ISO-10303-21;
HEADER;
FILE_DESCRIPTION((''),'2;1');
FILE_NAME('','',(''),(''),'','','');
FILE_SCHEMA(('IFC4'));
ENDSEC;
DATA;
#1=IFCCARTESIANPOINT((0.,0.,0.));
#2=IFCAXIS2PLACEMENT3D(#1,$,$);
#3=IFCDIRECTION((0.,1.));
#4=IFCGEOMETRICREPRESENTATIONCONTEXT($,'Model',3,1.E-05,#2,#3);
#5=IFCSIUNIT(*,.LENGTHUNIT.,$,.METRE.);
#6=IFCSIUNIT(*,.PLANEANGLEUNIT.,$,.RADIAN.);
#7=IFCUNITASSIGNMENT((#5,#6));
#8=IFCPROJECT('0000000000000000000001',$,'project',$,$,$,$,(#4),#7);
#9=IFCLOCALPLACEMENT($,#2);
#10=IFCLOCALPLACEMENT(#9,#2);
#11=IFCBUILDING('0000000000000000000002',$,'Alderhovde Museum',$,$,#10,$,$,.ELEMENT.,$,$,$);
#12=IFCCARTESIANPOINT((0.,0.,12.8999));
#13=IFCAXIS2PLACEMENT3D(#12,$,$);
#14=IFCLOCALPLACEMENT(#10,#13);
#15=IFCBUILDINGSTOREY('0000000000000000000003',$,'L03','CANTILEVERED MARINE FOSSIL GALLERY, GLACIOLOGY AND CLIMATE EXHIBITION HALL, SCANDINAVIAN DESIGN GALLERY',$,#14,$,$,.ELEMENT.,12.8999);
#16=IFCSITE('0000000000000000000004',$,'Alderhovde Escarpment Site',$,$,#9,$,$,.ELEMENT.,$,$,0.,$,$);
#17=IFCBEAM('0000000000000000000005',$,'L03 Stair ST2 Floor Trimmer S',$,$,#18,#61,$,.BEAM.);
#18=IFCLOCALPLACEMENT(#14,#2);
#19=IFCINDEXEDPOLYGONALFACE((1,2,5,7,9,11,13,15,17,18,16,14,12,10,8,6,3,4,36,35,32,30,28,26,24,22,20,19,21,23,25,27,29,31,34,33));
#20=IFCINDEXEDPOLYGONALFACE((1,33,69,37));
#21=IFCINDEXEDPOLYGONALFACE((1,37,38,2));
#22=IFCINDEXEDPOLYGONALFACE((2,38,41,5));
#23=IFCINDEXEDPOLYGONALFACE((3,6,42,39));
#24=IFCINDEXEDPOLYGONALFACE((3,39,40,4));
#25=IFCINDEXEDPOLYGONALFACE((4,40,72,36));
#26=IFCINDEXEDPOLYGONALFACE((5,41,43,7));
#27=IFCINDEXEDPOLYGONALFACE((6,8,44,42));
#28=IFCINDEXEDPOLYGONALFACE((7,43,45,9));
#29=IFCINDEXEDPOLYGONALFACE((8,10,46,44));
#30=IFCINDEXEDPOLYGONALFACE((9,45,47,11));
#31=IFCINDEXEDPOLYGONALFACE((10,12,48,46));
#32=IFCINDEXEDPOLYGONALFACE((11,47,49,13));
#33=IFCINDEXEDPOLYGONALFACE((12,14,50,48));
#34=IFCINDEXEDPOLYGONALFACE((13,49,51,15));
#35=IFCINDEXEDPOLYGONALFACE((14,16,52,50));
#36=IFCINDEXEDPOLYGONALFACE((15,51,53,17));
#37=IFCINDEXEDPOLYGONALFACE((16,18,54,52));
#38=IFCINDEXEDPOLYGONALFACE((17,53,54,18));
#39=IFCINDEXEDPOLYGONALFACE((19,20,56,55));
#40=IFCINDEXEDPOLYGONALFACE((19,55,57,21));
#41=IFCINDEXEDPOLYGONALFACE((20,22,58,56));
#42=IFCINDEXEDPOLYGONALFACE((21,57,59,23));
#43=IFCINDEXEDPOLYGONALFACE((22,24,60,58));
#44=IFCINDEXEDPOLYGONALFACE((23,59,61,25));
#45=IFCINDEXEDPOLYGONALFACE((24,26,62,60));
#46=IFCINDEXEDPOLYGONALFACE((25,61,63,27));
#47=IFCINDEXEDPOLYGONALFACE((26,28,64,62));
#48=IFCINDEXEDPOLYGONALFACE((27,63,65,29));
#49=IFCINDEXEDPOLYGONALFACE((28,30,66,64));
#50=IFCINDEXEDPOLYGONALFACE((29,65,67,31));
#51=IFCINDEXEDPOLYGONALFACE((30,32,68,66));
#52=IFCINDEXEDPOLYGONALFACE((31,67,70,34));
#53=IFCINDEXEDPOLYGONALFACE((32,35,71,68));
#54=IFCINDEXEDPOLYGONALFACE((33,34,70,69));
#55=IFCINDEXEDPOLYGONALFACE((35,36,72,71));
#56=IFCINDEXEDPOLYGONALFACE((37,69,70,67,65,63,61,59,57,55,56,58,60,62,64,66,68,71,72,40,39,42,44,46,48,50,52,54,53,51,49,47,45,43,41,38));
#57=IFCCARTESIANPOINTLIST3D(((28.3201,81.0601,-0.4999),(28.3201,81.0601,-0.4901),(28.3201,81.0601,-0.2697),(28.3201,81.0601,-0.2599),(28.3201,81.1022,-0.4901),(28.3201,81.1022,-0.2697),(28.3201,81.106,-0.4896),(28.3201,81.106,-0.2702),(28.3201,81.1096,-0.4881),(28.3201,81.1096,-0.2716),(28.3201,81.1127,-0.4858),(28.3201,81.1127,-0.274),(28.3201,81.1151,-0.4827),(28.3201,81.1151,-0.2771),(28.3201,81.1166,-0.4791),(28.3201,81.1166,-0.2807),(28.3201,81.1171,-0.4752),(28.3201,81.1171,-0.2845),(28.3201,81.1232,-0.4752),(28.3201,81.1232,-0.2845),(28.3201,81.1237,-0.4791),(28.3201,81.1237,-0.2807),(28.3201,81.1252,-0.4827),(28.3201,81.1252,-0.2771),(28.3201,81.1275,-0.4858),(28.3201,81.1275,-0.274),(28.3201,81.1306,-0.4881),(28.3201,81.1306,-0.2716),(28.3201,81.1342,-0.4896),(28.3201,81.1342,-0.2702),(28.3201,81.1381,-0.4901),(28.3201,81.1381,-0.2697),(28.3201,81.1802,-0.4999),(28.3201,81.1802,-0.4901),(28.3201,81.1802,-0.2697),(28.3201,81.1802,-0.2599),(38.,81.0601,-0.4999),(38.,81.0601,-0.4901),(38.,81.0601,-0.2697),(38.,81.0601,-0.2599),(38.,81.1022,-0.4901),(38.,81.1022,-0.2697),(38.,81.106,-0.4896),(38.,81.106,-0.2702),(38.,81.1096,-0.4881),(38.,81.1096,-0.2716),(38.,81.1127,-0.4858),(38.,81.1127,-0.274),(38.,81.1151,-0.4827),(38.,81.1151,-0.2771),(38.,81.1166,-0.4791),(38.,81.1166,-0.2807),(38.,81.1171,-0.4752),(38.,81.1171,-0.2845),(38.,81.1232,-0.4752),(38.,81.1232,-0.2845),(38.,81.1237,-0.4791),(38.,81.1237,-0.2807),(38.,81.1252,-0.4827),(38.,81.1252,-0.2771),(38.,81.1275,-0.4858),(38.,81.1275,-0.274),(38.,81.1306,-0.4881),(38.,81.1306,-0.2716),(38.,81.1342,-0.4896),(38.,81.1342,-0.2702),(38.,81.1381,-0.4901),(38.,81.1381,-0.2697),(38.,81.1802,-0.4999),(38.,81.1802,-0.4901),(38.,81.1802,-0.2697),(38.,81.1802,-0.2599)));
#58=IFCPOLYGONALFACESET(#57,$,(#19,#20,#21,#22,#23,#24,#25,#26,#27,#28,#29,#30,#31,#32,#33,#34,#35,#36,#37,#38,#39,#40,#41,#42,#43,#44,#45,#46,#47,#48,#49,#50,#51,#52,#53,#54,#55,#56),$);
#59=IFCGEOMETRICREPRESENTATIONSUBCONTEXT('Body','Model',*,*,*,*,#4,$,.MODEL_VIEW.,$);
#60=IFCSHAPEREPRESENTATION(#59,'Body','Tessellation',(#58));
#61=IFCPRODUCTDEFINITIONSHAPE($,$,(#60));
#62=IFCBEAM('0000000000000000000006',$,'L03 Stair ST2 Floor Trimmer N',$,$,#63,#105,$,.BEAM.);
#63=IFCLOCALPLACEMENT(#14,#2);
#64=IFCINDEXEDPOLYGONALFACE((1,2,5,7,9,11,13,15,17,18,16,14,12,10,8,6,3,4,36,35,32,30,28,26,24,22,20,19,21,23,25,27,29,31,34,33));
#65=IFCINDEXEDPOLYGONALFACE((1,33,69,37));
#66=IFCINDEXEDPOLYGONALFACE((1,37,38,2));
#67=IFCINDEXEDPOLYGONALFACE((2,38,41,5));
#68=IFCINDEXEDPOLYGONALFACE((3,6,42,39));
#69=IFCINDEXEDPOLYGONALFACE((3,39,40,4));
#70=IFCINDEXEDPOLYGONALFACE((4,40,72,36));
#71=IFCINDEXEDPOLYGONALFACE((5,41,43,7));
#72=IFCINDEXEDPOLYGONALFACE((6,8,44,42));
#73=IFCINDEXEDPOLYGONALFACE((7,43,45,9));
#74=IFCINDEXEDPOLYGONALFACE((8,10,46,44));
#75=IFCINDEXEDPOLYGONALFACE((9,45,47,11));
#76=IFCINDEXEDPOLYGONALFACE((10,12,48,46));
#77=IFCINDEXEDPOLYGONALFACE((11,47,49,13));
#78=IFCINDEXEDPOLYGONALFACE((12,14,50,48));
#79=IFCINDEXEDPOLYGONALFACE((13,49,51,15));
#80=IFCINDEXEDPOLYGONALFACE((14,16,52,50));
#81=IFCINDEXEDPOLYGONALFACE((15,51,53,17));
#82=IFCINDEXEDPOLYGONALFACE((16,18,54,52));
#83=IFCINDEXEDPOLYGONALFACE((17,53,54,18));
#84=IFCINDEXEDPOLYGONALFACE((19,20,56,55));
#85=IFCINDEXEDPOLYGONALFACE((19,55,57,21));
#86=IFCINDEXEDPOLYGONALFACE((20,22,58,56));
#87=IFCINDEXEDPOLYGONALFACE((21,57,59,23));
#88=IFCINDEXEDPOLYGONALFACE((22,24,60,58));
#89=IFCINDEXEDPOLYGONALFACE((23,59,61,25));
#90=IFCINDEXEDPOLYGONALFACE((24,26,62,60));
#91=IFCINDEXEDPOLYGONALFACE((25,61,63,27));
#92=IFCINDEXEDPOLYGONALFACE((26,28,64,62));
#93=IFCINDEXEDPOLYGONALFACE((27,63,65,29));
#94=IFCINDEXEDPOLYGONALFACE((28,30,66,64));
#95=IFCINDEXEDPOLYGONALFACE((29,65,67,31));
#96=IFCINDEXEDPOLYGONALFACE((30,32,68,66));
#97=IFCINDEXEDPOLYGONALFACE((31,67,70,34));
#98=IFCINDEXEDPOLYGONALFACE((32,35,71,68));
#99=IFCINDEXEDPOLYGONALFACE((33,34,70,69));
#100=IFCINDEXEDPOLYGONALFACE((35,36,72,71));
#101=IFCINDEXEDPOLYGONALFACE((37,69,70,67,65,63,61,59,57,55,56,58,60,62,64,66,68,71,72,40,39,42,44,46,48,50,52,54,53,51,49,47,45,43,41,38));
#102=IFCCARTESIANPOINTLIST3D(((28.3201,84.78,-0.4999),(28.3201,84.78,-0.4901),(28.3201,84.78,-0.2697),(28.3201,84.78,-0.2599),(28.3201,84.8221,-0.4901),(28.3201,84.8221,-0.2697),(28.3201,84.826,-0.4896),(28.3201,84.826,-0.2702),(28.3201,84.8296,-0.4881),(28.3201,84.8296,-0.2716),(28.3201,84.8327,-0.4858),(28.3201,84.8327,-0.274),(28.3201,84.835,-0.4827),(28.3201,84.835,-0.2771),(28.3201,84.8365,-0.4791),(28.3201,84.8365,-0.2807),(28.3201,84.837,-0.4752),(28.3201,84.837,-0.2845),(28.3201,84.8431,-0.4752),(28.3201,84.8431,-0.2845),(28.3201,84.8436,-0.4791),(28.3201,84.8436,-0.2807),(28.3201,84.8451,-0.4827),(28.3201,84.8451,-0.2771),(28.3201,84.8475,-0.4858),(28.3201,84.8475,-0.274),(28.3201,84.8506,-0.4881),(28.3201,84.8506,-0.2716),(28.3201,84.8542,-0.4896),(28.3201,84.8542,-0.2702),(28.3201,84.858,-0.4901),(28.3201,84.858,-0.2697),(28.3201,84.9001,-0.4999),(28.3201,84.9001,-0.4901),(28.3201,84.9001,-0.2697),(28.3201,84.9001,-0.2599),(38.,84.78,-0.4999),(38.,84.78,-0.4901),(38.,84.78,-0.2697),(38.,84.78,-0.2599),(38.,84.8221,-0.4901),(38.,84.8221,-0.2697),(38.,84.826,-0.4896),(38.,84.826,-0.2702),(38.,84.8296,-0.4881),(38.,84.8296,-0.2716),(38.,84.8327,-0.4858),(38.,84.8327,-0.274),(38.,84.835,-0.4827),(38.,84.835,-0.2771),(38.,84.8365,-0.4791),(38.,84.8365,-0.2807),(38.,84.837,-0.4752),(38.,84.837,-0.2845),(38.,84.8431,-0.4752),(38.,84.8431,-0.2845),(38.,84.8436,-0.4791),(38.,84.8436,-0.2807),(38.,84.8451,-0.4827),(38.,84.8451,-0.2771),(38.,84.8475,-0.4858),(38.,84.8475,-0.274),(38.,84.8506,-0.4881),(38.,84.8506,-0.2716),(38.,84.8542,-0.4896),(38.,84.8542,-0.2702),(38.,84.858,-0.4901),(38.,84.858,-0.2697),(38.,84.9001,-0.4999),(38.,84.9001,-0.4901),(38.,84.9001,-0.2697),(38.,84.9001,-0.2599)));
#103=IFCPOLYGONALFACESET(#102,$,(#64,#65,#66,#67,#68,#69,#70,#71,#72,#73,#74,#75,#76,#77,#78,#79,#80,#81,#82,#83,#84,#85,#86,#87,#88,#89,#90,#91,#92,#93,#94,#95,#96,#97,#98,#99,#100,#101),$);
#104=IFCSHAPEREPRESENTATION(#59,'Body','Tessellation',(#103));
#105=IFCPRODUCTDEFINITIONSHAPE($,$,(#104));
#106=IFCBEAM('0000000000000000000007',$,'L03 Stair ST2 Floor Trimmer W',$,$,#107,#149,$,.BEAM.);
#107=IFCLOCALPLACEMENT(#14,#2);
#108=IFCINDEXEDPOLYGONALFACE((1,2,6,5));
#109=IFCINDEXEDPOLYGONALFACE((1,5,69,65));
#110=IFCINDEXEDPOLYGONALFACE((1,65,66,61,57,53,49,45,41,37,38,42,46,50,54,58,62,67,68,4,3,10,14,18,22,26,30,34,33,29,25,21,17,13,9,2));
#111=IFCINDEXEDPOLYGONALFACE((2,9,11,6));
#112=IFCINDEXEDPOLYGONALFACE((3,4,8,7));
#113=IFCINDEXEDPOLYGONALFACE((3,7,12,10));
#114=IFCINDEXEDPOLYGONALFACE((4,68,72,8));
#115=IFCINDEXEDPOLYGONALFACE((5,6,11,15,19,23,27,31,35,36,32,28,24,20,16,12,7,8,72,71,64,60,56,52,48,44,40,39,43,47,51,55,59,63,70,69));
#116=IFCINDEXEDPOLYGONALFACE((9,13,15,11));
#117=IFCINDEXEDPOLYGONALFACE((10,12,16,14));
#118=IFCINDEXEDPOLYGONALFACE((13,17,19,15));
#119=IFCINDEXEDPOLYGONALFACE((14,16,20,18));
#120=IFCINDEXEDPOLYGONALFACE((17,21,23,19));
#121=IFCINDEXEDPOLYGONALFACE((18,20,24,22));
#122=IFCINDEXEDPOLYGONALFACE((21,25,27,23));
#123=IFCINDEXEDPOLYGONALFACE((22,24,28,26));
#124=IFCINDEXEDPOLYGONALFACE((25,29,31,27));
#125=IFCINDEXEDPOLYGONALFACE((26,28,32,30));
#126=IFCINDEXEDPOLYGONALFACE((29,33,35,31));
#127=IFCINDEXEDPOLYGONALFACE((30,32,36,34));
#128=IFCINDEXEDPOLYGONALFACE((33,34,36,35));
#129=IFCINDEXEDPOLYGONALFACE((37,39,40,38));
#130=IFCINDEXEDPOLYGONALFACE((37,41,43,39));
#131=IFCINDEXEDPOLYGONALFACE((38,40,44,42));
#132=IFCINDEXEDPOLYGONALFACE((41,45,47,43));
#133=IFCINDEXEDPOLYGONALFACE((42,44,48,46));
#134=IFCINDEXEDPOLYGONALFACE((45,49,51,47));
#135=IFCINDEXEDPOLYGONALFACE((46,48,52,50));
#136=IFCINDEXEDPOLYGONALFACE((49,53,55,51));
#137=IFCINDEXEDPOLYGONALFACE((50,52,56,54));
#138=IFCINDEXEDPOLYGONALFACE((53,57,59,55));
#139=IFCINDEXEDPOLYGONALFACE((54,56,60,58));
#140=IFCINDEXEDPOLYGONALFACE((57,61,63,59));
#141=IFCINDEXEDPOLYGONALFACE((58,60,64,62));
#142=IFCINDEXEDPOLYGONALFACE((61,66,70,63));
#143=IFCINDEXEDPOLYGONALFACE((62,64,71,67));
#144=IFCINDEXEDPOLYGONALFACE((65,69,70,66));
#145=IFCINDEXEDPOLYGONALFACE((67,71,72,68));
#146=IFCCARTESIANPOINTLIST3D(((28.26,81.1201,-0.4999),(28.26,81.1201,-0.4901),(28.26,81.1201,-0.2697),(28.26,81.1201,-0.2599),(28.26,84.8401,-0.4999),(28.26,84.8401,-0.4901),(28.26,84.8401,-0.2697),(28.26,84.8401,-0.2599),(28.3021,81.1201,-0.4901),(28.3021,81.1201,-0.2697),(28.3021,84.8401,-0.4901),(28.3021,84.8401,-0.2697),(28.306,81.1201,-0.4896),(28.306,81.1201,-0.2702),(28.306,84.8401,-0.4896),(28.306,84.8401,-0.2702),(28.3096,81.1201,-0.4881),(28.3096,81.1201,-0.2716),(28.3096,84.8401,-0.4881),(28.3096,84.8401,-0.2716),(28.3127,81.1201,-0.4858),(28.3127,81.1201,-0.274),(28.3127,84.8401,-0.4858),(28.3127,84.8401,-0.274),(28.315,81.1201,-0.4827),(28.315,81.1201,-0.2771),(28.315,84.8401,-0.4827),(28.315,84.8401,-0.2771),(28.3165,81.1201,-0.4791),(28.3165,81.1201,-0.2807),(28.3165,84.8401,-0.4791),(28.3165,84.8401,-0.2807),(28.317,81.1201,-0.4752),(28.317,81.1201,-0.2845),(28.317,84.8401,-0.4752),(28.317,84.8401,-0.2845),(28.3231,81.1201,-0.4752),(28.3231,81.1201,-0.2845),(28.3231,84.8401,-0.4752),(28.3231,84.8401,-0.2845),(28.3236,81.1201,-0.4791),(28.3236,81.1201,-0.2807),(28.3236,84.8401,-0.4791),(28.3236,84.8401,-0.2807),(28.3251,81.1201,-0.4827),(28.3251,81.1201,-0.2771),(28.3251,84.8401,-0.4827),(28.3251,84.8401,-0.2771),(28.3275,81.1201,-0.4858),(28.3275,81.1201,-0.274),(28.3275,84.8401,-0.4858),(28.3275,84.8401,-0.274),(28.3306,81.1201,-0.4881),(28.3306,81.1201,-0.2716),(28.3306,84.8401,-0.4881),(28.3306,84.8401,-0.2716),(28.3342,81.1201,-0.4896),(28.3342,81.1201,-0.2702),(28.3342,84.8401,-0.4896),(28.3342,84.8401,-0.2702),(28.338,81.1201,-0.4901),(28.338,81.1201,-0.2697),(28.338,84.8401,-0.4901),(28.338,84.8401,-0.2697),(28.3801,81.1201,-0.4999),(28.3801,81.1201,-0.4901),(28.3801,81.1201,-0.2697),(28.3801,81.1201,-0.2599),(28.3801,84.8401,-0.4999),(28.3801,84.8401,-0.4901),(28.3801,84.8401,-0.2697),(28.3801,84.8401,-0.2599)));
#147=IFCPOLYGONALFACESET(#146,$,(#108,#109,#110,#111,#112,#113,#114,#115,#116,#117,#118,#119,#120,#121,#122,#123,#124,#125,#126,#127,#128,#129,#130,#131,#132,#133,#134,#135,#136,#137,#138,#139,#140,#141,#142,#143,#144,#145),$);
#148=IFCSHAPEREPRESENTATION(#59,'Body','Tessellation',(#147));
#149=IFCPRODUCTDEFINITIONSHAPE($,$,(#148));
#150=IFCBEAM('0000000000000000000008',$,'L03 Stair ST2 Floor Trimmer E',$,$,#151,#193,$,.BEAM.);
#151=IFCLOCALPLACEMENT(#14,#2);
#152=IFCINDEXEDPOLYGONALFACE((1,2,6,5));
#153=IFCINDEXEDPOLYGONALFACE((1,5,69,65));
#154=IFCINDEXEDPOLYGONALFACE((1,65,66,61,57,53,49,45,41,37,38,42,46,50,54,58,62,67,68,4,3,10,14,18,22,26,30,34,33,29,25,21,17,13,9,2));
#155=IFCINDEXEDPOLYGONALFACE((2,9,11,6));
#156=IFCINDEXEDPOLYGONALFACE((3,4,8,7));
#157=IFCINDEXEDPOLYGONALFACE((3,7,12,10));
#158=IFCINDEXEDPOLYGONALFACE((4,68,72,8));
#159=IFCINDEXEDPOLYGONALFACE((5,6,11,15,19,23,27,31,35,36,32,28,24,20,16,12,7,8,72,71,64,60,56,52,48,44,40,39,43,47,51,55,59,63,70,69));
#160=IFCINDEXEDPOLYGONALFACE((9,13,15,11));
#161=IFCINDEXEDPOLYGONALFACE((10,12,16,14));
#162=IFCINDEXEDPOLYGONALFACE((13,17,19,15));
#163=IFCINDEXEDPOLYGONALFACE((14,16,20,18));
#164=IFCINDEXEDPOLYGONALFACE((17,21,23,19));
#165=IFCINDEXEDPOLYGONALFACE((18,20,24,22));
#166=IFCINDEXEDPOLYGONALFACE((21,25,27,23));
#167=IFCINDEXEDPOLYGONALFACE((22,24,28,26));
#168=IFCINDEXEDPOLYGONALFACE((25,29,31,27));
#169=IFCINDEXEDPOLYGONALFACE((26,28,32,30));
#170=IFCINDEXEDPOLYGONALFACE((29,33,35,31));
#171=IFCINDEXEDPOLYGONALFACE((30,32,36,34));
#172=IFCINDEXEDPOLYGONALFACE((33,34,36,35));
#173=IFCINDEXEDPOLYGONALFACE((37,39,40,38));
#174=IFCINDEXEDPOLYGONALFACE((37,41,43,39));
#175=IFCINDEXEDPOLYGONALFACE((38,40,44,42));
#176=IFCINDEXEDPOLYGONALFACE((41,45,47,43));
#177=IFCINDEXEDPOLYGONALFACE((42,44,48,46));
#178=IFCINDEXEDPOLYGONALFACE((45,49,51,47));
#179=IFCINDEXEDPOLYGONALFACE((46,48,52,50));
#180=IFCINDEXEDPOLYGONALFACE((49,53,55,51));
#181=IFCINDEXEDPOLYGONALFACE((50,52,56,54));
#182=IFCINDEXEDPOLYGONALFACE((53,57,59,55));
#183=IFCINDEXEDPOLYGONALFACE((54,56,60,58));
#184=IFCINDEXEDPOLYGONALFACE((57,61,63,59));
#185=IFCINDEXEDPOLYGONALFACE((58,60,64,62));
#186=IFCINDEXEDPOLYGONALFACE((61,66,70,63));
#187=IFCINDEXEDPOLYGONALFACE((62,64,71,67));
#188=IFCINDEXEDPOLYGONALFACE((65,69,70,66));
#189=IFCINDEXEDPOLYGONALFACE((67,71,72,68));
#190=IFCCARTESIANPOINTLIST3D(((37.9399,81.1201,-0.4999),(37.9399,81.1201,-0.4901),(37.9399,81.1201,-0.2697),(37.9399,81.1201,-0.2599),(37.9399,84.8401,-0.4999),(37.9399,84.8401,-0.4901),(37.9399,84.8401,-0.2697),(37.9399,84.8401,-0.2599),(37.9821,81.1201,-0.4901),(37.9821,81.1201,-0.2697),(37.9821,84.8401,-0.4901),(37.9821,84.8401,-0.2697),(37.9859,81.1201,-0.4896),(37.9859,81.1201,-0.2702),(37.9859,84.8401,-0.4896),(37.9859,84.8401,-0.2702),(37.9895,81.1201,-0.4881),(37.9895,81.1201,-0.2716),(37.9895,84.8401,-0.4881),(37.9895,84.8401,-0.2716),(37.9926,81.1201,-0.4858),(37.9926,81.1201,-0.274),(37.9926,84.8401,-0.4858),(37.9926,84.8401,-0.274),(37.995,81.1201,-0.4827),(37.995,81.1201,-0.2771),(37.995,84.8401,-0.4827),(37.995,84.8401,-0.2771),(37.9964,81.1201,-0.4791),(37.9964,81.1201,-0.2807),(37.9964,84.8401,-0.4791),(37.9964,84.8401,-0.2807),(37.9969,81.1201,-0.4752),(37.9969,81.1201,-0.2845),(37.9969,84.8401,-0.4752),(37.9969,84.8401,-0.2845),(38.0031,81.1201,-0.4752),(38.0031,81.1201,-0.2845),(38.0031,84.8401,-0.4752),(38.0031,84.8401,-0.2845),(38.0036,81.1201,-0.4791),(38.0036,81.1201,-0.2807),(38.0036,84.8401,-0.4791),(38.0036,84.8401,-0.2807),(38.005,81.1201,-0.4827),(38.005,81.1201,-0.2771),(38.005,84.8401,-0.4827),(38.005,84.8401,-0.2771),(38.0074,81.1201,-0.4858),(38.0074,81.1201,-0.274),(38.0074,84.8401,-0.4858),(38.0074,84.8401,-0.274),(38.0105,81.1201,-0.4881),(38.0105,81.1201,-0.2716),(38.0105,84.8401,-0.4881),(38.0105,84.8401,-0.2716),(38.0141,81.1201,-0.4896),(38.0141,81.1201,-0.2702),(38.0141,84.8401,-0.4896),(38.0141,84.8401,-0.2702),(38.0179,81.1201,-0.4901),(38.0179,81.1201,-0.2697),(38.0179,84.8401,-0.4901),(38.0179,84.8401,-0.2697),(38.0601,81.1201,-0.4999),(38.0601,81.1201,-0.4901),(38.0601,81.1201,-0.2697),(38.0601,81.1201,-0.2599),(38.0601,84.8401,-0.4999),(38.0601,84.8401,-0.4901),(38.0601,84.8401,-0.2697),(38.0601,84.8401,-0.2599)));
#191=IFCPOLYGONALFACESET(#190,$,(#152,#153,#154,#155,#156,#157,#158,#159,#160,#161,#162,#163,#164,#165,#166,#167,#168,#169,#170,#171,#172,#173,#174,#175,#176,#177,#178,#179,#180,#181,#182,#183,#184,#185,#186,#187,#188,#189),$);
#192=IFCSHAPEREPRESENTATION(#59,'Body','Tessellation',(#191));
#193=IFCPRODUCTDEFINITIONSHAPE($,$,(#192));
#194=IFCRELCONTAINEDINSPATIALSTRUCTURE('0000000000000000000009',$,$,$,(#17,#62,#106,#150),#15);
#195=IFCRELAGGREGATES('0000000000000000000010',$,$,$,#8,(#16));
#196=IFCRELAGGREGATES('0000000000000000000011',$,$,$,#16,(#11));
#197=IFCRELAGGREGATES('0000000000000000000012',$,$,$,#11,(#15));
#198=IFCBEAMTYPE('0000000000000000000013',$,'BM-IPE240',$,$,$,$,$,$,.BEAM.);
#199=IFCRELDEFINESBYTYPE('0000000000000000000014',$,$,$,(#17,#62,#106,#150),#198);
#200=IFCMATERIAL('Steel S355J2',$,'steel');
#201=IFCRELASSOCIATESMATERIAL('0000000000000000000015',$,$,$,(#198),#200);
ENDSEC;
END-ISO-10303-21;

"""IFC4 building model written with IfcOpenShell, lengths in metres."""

from ifc_helpers import new_model, si_unit, direction, frame, origin, origin_2d, place, context, subcontext, project, spatial, i_section, extrude, material, material_profile, profile_set, type_object, element, save


model = new_model("IFC4")

# Units and contexts
model_context = context("Model", 3, precision=1e-05, world=origin(), true_north=direction((0.0, 1.0)))
body_context = subcontext(model_context, "Body", "Model", "MODEL_VIEW")
ifc_project = project(units=[si_unit("LENGTHUNIT", "METRE"), si_unit("PLANEANGLEUNIT", "RADIAN")], contexts=[model_context])

# Site, building, storey
site_placement = place(None, origin())
site = spatial("IfcSite", under=ifc_project, at=site_placement, Name="Alderhovde Escarpment Site", CompositionType="ELEMENT", RefElevation=0.0)
building_placement = place(site_placement, origin())
building = spatial("IfcBuilding", under=site, at=building_placement, Name="Alderhovde Museum", CompositionType="ELEMENT")
storey_placement = place(building_placement, frame((0.0, 0.0, 12.8999)))
storey = spatial("IfcBuildingStorey", under=building, at=storey_placement, Name="L03", Description="CANTILEVERED MARINE FOSSIL GALLERY, GLACIOLOGY AND CLIMATE EXHIBITION HALL, SCANDINAVIAN DESIGN GALLERY", CompositionType="ELEMENT", Elevation=12.8999)

# Beams
ifc_material_1 = material(Name="Steel S355J2", Category="steel")
ifc_material_profile_1 = material_profile(ifc_material_1, i_section(OverallWidth=0.1201, OverallDepth=0.24, WebThickness=0.0061, FlangeThickness=0.0098, FilletRadius=0.0149, at=origin_2d()), Name="IPE 240")
ifc_profile_set_1 = profile_set([ifc_material_profile_1], Name="Steel S355J2")
beam_type_1 = type_object("IfcBeamType", Name="BM-IPE240", PredefinedType="BEAM", material=ifc_profile_set_1)
for number, where, z_axis, x_axis, name in (
    (1, (28.3201, 81.1201, -0.3799), (1.0, 0.0, 0.0), (0.0, 1.0, 0.0), "L03 Stair ST2 Floor Trimmer S"),
    (2, (28.3201, 84.8401, -0.3799), (1.0, 0.0, 0.0), (0.0, 1.0, 0.0), "L03 Stair ST2 Floor Trimmer N"),
):
    element("IfcBeam", number, at=place(storey_placement, frame(where, z_axis=z_axis, x_axis=x_axis)), inside=storey, type_object=beam_type_1, Name=name, PredefinedType="BEAM", context=body_context, shape_type="SweptSolid", body=[
        extrude(i_section(OverallWidth=0.1201, OverallDepth=0.24, WebThickness=0.0061, FlangeThickness=0.0098, FilletRadius=0.0149, at=origin_2d()), origin(), (0.0, 0.0, 1.0), 9.6799),
    ])
for number, where, z_axis, x_axis, name in (
    (3, (28.3201, 81.1201, -0.3799), (0.0, 1.0, 0.0), (-1.0, 0.0, 0.0), "L03 Stair ST2 Floor Trimmer W"),
    (4, (38.0, 81.1201, -0.3799), (0.0, 1.0, 0.0), (-1.0, 0.0, 0.0), "L03 Stair ST2 Floor Trimmer E"),
):
    element("IfcBeam", number, at=place(storey_placement, frame(where, z_axis=z_axis, x_axis=x_axis)), inside=storey, type_object=beam_type_1, Name=name, PredefinedType="BEAM", context=body_context, shape_type="SweptSolid", body=[
        extrude(i_section(OverallWidth=0.1201, OverallDepth=0.24, WebThickness=0.0061, FlangeThickness=0.0098, FilletRadius=0.0149, at=origin_2d()), origin(), (0.0, 0.0, 1.0), 3.72),
    ])

save(model, "model.ifc")
